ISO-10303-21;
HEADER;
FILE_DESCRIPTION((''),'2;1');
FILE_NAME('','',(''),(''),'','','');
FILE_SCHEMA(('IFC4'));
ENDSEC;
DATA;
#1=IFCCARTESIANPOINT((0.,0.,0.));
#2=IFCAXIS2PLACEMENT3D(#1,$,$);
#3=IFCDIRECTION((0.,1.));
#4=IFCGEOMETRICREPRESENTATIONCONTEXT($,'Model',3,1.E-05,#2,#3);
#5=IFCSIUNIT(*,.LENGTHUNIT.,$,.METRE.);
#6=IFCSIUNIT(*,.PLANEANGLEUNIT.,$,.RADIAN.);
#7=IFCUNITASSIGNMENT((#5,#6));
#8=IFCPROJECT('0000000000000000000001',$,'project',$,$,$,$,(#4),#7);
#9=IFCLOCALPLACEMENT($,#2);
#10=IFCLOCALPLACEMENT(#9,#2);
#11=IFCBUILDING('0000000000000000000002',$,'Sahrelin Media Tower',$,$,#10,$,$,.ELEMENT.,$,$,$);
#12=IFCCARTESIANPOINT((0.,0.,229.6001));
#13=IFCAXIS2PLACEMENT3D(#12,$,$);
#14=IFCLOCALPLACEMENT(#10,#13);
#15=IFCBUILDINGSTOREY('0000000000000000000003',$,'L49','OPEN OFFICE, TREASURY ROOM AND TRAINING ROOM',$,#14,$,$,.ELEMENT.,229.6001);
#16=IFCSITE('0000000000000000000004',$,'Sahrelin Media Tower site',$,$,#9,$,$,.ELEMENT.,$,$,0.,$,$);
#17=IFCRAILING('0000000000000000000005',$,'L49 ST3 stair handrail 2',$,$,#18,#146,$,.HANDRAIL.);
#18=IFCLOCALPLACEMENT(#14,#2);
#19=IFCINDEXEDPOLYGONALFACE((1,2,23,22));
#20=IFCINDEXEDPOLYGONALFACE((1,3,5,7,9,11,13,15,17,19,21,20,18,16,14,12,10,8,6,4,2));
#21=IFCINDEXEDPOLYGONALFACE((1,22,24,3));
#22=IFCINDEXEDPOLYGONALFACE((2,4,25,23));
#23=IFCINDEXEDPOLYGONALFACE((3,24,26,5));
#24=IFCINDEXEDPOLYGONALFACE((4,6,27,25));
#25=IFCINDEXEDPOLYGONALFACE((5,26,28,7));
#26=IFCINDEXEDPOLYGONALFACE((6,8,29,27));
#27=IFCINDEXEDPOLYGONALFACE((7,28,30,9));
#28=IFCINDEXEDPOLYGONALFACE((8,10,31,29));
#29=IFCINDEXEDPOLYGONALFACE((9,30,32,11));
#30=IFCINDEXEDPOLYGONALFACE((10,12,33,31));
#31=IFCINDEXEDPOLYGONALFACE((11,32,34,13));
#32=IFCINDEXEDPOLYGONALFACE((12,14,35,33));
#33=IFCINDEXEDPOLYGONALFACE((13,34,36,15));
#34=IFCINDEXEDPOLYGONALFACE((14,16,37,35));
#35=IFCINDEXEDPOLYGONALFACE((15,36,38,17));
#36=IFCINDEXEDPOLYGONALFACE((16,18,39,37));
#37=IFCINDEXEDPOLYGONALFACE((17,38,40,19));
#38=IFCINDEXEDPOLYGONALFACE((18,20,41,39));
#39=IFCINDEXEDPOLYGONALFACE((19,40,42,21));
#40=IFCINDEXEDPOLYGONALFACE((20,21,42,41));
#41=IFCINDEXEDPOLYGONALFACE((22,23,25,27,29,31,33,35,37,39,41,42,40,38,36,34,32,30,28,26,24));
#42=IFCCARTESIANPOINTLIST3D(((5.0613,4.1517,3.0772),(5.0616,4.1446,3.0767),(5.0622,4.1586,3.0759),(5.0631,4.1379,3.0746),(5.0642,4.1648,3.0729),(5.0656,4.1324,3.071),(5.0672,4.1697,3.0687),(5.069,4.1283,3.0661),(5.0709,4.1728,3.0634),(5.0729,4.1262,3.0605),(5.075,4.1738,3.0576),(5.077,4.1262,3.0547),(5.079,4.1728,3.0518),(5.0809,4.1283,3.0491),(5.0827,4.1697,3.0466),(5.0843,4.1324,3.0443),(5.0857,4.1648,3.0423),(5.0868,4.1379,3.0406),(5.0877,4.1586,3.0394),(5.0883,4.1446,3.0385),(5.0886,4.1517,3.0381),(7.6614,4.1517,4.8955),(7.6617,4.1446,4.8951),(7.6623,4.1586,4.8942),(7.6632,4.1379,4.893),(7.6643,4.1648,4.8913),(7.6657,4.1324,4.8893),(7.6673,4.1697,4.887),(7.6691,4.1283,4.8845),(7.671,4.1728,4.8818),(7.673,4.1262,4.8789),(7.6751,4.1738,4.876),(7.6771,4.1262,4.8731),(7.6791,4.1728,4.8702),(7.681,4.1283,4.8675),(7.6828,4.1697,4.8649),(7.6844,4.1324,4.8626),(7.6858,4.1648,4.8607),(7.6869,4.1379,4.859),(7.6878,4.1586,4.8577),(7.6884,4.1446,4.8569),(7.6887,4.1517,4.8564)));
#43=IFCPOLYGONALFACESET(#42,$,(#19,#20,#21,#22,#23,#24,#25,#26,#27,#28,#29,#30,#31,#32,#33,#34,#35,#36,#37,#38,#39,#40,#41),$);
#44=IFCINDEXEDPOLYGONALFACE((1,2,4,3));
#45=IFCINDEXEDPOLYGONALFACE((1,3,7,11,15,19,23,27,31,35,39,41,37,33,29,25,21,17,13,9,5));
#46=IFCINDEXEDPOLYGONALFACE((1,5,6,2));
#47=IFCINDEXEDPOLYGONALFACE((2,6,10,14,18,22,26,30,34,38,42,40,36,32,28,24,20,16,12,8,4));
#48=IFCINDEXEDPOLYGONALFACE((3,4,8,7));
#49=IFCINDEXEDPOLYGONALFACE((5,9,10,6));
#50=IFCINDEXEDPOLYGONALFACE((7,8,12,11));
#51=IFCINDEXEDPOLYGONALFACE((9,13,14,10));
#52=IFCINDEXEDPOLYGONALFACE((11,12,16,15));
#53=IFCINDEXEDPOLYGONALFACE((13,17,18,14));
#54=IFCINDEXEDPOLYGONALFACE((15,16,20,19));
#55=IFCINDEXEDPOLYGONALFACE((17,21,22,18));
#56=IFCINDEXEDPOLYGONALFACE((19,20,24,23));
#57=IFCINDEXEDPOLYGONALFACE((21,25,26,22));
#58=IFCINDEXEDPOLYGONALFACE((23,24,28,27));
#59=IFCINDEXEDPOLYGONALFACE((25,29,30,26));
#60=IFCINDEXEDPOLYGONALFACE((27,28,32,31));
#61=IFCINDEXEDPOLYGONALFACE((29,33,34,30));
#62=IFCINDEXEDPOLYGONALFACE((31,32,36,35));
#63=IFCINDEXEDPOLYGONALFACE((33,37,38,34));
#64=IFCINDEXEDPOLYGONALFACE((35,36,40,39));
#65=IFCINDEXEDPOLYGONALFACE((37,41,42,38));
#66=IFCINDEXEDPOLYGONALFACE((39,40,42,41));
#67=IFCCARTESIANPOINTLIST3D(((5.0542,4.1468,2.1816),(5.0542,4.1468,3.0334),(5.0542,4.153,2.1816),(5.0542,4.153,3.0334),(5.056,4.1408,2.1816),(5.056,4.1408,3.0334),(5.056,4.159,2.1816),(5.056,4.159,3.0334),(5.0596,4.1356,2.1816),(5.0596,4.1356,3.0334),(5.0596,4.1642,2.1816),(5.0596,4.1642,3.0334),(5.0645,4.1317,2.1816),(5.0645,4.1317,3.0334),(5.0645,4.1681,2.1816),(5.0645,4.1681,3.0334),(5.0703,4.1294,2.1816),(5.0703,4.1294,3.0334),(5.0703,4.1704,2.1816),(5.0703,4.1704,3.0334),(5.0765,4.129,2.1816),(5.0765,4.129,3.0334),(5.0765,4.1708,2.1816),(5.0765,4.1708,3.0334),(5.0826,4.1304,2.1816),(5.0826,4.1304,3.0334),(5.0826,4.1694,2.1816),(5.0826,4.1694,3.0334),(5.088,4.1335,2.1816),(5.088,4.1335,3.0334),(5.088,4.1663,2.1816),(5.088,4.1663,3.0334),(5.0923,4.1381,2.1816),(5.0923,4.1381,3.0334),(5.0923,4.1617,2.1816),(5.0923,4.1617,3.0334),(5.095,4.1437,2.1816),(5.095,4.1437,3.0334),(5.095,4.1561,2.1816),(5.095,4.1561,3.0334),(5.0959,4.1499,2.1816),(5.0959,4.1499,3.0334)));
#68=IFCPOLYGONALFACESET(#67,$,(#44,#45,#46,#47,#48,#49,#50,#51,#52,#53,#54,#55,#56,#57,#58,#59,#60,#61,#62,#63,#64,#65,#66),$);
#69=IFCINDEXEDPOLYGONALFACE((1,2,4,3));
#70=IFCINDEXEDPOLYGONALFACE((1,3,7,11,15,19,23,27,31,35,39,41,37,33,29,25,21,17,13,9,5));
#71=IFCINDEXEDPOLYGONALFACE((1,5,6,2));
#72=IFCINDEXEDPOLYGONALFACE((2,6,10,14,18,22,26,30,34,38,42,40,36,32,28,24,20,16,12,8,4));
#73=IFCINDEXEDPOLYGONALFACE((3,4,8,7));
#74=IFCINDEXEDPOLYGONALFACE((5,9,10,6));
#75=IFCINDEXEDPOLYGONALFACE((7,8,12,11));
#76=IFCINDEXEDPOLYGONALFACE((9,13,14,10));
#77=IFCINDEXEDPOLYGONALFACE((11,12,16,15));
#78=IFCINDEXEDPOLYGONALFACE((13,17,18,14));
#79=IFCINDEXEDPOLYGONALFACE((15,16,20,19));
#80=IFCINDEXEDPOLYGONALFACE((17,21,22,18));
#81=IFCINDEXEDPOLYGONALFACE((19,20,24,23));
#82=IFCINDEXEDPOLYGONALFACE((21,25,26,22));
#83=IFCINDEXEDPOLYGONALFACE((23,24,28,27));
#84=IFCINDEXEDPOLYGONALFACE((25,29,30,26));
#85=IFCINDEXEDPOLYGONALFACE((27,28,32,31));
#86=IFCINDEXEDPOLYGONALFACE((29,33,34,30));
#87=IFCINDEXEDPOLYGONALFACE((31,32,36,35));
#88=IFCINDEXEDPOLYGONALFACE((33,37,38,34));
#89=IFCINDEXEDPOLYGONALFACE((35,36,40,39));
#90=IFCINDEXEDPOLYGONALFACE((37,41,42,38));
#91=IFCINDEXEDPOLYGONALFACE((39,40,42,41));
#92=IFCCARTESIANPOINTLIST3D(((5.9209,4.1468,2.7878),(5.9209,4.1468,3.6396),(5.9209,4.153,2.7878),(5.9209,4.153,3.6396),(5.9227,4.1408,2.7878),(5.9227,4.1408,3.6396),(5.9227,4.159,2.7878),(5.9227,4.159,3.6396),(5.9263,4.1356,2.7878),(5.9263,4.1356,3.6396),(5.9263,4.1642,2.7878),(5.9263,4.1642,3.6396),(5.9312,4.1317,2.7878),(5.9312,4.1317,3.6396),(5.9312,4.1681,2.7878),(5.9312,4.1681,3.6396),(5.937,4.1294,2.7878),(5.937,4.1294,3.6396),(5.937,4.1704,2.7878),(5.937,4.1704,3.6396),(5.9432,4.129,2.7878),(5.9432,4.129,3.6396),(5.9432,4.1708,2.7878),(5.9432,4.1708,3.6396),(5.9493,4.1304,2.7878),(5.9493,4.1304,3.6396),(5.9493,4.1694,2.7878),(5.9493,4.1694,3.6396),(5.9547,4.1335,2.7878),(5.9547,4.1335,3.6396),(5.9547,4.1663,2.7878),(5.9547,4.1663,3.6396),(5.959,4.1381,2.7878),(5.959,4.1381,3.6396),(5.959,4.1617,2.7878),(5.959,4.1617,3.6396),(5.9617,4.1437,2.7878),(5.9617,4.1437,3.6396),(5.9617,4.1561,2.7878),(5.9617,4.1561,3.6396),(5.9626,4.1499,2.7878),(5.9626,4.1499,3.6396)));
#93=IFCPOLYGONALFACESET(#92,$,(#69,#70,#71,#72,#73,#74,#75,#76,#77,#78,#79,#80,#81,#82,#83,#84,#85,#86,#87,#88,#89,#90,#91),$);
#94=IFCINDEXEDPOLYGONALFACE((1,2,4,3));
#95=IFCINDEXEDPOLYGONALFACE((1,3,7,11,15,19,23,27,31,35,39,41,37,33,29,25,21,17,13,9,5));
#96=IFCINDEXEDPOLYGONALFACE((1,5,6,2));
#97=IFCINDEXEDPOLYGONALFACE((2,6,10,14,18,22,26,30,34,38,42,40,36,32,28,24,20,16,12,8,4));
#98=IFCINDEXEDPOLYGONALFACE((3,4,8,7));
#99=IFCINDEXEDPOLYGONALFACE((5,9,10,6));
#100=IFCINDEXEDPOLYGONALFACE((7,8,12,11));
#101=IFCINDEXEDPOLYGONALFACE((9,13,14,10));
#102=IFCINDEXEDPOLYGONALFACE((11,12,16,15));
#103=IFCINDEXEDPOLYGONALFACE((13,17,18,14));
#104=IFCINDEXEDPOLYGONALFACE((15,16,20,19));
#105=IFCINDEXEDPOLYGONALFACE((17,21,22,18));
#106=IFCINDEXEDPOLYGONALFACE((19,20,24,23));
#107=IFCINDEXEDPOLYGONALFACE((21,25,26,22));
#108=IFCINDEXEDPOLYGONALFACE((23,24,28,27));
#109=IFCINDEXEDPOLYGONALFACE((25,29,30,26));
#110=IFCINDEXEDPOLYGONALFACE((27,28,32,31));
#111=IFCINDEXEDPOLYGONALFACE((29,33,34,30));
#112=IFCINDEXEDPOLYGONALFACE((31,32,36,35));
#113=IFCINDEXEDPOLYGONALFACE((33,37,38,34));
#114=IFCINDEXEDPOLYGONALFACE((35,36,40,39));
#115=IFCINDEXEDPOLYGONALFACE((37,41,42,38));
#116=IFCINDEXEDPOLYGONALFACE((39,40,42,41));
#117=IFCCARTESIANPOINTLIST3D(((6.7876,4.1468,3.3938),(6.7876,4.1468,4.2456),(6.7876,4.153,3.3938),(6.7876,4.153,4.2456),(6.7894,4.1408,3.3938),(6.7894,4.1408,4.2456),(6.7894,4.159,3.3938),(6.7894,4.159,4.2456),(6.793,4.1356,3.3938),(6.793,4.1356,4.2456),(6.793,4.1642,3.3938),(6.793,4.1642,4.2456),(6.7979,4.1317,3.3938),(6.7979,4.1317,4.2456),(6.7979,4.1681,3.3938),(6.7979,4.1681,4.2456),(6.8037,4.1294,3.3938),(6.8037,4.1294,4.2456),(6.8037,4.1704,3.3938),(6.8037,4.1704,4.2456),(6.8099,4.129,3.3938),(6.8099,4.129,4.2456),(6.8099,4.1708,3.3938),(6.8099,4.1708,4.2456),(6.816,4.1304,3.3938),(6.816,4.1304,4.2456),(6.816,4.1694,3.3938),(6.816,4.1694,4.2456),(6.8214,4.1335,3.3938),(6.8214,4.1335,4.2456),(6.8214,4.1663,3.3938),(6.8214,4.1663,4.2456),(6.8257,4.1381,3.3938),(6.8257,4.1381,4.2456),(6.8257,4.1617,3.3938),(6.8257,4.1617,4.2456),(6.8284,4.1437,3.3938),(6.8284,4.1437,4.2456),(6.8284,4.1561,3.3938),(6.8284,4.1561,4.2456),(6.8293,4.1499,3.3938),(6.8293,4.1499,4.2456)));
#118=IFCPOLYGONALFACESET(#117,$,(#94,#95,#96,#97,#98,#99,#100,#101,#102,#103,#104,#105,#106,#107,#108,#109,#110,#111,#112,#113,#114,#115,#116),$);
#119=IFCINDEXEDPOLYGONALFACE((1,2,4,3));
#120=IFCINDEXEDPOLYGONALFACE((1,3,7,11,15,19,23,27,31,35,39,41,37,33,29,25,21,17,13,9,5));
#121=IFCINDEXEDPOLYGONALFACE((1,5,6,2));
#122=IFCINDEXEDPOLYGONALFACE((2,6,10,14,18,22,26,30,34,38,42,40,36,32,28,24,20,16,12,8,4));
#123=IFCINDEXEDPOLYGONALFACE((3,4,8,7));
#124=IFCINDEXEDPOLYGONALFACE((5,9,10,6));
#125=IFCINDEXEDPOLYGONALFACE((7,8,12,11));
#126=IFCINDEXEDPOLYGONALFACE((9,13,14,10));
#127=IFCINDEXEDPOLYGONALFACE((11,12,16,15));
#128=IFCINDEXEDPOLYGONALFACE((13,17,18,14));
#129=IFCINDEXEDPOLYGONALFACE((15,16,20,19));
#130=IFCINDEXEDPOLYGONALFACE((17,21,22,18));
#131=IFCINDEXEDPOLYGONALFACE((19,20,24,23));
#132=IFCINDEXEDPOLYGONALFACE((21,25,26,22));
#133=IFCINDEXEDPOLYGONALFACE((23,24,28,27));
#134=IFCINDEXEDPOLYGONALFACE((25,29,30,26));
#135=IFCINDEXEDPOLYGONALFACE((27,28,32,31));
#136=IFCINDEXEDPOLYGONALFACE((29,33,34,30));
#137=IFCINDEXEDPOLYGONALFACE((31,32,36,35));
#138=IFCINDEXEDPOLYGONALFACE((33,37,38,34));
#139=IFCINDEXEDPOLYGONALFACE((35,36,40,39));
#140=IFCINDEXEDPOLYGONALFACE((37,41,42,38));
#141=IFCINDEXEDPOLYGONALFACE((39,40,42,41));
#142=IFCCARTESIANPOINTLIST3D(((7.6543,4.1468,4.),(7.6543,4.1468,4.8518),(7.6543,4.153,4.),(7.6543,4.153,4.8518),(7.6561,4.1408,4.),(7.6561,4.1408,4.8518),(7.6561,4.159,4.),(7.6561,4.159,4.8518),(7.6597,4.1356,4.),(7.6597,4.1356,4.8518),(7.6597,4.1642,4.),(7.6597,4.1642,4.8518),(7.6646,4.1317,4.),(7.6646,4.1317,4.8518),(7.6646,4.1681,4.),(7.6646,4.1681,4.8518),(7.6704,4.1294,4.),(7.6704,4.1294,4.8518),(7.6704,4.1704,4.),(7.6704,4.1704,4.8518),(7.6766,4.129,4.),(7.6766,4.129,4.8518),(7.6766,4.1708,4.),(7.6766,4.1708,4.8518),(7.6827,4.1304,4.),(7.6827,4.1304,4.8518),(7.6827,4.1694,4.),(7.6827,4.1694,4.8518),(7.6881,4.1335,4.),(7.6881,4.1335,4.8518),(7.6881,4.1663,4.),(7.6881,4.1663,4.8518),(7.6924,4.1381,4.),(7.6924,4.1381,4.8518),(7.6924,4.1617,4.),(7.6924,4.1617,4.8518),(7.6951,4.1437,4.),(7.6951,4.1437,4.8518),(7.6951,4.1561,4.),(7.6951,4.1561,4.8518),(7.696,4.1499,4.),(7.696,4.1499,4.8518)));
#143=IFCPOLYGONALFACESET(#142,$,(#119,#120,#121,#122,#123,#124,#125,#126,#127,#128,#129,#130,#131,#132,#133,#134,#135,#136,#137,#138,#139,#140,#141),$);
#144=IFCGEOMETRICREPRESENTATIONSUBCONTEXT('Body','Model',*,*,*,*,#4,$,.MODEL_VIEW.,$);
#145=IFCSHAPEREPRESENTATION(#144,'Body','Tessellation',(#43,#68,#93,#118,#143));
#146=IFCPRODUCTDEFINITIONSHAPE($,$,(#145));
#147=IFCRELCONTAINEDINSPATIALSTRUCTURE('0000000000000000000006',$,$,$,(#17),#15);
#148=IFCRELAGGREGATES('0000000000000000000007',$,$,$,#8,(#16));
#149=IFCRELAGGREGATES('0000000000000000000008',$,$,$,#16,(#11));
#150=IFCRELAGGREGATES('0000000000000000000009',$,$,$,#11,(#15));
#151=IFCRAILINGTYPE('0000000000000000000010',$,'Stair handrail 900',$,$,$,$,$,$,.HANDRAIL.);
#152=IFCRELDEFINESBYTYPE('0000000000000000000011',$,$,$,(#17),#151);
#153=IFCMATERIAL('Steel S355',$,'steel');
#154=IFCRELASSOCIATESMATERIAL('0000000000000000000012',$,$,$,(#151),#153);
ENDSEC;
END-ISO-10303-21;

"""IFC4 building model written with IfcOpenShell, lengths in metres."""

from ifc_helpers import new_model, si_unit, direction, frame, origin, origin_2d, place, context, subcontext, project, spatial, circle, extrude, material, type_object, element, save


model = new_model("IFC4")

# Units and contexts
model_context = context("Model", 3, precision=1e-05, world=origin(), true_north=direction((0.0, 1.0)))
body_context = subcontext(model_context, "Body", "Model", "MODEL_VIEW")
ifc_project = project(units=[si_unit("LENGTHUNIT", "METRE"), si_unit("PLANEANGLEUNIT", "RADIAN")], contexts=[model_context])

# Site, building, storey
site_placement = place(None, origin())
site = spatial("IfcSite", under=ifc_project, at=site_placement, Name="Sahrelin Media Tower site", CompositionType="ELEMENT", RefElevation=0.0)
building_placement = place(site_placement, origin())
building = spatial("IfcBuilding", under=site, at=building_placement, Name="Sahrelin Media Tower", CompositionType="ELEMENT")
storey_placement = place(building_placement, frame((0.0, 0.0, 229.6001)))
storey = spatial("IfcBuildingStorey", under=building, at=storey_placement, Name="L49", Description="OPEN OFFICE, TREASURY ROOM AND TRAINING ROOM", CompositionType="ELEMENT", Elevation=229.6001)

# Shared definitions
ifc_material_1 = material(Name="Steel S355", Category="steel")

# Railing
railing_type_1 = type_object("IfcRailingType", Name="Stair handrail 900", PredefinedType="HANDRAIL", material=ifc_material_1)
railing_1_placement = place(storey_placement, frame((5.075, 4.1499, 2.1816)))
element("IfcRailing", 1, at=railing_1_placement, inside=storey, type_object=railing_type_1, Name="L49 ST3 stair handrail 2", PredefinedType="HANDRAIL", context=body_context, shape_type="SweptSolid", body=[
    extrude(circle(Radius=0.0239, at=origin_2d()), frame((0.0, 0.0, 0.876), z_axis=(0.819485, 0.0, 0.573101), x_axis=(0.0, 1.0, 0.0)), (0.0, 0.0, 1.0), 3.1729),
    extrude(circle(Radius=0.021, at=origin_2d()), origin(), (0.0, 0.0, 1.0), 0.8518),
    extrude(circle(Radius=0.021, at=origin_2d()), frame((0.8667, 0.0, 0.6062)), (0.0, 0.0, 1.0), 0.8518),
    extrude(circle(Radius=0.021, at=origin_2d()), frame((1.7334, 0.0, 1.2122)), (0.0, 0.0, 1.0), 0.8518),
    extrude(circle(Radius=0.021, at=origin_2d()), frame((2.6001, 0.0, 1.8184)), (0.0, 0.0, 1.0), 0.8518),
])

save(model, "model.ifc")
